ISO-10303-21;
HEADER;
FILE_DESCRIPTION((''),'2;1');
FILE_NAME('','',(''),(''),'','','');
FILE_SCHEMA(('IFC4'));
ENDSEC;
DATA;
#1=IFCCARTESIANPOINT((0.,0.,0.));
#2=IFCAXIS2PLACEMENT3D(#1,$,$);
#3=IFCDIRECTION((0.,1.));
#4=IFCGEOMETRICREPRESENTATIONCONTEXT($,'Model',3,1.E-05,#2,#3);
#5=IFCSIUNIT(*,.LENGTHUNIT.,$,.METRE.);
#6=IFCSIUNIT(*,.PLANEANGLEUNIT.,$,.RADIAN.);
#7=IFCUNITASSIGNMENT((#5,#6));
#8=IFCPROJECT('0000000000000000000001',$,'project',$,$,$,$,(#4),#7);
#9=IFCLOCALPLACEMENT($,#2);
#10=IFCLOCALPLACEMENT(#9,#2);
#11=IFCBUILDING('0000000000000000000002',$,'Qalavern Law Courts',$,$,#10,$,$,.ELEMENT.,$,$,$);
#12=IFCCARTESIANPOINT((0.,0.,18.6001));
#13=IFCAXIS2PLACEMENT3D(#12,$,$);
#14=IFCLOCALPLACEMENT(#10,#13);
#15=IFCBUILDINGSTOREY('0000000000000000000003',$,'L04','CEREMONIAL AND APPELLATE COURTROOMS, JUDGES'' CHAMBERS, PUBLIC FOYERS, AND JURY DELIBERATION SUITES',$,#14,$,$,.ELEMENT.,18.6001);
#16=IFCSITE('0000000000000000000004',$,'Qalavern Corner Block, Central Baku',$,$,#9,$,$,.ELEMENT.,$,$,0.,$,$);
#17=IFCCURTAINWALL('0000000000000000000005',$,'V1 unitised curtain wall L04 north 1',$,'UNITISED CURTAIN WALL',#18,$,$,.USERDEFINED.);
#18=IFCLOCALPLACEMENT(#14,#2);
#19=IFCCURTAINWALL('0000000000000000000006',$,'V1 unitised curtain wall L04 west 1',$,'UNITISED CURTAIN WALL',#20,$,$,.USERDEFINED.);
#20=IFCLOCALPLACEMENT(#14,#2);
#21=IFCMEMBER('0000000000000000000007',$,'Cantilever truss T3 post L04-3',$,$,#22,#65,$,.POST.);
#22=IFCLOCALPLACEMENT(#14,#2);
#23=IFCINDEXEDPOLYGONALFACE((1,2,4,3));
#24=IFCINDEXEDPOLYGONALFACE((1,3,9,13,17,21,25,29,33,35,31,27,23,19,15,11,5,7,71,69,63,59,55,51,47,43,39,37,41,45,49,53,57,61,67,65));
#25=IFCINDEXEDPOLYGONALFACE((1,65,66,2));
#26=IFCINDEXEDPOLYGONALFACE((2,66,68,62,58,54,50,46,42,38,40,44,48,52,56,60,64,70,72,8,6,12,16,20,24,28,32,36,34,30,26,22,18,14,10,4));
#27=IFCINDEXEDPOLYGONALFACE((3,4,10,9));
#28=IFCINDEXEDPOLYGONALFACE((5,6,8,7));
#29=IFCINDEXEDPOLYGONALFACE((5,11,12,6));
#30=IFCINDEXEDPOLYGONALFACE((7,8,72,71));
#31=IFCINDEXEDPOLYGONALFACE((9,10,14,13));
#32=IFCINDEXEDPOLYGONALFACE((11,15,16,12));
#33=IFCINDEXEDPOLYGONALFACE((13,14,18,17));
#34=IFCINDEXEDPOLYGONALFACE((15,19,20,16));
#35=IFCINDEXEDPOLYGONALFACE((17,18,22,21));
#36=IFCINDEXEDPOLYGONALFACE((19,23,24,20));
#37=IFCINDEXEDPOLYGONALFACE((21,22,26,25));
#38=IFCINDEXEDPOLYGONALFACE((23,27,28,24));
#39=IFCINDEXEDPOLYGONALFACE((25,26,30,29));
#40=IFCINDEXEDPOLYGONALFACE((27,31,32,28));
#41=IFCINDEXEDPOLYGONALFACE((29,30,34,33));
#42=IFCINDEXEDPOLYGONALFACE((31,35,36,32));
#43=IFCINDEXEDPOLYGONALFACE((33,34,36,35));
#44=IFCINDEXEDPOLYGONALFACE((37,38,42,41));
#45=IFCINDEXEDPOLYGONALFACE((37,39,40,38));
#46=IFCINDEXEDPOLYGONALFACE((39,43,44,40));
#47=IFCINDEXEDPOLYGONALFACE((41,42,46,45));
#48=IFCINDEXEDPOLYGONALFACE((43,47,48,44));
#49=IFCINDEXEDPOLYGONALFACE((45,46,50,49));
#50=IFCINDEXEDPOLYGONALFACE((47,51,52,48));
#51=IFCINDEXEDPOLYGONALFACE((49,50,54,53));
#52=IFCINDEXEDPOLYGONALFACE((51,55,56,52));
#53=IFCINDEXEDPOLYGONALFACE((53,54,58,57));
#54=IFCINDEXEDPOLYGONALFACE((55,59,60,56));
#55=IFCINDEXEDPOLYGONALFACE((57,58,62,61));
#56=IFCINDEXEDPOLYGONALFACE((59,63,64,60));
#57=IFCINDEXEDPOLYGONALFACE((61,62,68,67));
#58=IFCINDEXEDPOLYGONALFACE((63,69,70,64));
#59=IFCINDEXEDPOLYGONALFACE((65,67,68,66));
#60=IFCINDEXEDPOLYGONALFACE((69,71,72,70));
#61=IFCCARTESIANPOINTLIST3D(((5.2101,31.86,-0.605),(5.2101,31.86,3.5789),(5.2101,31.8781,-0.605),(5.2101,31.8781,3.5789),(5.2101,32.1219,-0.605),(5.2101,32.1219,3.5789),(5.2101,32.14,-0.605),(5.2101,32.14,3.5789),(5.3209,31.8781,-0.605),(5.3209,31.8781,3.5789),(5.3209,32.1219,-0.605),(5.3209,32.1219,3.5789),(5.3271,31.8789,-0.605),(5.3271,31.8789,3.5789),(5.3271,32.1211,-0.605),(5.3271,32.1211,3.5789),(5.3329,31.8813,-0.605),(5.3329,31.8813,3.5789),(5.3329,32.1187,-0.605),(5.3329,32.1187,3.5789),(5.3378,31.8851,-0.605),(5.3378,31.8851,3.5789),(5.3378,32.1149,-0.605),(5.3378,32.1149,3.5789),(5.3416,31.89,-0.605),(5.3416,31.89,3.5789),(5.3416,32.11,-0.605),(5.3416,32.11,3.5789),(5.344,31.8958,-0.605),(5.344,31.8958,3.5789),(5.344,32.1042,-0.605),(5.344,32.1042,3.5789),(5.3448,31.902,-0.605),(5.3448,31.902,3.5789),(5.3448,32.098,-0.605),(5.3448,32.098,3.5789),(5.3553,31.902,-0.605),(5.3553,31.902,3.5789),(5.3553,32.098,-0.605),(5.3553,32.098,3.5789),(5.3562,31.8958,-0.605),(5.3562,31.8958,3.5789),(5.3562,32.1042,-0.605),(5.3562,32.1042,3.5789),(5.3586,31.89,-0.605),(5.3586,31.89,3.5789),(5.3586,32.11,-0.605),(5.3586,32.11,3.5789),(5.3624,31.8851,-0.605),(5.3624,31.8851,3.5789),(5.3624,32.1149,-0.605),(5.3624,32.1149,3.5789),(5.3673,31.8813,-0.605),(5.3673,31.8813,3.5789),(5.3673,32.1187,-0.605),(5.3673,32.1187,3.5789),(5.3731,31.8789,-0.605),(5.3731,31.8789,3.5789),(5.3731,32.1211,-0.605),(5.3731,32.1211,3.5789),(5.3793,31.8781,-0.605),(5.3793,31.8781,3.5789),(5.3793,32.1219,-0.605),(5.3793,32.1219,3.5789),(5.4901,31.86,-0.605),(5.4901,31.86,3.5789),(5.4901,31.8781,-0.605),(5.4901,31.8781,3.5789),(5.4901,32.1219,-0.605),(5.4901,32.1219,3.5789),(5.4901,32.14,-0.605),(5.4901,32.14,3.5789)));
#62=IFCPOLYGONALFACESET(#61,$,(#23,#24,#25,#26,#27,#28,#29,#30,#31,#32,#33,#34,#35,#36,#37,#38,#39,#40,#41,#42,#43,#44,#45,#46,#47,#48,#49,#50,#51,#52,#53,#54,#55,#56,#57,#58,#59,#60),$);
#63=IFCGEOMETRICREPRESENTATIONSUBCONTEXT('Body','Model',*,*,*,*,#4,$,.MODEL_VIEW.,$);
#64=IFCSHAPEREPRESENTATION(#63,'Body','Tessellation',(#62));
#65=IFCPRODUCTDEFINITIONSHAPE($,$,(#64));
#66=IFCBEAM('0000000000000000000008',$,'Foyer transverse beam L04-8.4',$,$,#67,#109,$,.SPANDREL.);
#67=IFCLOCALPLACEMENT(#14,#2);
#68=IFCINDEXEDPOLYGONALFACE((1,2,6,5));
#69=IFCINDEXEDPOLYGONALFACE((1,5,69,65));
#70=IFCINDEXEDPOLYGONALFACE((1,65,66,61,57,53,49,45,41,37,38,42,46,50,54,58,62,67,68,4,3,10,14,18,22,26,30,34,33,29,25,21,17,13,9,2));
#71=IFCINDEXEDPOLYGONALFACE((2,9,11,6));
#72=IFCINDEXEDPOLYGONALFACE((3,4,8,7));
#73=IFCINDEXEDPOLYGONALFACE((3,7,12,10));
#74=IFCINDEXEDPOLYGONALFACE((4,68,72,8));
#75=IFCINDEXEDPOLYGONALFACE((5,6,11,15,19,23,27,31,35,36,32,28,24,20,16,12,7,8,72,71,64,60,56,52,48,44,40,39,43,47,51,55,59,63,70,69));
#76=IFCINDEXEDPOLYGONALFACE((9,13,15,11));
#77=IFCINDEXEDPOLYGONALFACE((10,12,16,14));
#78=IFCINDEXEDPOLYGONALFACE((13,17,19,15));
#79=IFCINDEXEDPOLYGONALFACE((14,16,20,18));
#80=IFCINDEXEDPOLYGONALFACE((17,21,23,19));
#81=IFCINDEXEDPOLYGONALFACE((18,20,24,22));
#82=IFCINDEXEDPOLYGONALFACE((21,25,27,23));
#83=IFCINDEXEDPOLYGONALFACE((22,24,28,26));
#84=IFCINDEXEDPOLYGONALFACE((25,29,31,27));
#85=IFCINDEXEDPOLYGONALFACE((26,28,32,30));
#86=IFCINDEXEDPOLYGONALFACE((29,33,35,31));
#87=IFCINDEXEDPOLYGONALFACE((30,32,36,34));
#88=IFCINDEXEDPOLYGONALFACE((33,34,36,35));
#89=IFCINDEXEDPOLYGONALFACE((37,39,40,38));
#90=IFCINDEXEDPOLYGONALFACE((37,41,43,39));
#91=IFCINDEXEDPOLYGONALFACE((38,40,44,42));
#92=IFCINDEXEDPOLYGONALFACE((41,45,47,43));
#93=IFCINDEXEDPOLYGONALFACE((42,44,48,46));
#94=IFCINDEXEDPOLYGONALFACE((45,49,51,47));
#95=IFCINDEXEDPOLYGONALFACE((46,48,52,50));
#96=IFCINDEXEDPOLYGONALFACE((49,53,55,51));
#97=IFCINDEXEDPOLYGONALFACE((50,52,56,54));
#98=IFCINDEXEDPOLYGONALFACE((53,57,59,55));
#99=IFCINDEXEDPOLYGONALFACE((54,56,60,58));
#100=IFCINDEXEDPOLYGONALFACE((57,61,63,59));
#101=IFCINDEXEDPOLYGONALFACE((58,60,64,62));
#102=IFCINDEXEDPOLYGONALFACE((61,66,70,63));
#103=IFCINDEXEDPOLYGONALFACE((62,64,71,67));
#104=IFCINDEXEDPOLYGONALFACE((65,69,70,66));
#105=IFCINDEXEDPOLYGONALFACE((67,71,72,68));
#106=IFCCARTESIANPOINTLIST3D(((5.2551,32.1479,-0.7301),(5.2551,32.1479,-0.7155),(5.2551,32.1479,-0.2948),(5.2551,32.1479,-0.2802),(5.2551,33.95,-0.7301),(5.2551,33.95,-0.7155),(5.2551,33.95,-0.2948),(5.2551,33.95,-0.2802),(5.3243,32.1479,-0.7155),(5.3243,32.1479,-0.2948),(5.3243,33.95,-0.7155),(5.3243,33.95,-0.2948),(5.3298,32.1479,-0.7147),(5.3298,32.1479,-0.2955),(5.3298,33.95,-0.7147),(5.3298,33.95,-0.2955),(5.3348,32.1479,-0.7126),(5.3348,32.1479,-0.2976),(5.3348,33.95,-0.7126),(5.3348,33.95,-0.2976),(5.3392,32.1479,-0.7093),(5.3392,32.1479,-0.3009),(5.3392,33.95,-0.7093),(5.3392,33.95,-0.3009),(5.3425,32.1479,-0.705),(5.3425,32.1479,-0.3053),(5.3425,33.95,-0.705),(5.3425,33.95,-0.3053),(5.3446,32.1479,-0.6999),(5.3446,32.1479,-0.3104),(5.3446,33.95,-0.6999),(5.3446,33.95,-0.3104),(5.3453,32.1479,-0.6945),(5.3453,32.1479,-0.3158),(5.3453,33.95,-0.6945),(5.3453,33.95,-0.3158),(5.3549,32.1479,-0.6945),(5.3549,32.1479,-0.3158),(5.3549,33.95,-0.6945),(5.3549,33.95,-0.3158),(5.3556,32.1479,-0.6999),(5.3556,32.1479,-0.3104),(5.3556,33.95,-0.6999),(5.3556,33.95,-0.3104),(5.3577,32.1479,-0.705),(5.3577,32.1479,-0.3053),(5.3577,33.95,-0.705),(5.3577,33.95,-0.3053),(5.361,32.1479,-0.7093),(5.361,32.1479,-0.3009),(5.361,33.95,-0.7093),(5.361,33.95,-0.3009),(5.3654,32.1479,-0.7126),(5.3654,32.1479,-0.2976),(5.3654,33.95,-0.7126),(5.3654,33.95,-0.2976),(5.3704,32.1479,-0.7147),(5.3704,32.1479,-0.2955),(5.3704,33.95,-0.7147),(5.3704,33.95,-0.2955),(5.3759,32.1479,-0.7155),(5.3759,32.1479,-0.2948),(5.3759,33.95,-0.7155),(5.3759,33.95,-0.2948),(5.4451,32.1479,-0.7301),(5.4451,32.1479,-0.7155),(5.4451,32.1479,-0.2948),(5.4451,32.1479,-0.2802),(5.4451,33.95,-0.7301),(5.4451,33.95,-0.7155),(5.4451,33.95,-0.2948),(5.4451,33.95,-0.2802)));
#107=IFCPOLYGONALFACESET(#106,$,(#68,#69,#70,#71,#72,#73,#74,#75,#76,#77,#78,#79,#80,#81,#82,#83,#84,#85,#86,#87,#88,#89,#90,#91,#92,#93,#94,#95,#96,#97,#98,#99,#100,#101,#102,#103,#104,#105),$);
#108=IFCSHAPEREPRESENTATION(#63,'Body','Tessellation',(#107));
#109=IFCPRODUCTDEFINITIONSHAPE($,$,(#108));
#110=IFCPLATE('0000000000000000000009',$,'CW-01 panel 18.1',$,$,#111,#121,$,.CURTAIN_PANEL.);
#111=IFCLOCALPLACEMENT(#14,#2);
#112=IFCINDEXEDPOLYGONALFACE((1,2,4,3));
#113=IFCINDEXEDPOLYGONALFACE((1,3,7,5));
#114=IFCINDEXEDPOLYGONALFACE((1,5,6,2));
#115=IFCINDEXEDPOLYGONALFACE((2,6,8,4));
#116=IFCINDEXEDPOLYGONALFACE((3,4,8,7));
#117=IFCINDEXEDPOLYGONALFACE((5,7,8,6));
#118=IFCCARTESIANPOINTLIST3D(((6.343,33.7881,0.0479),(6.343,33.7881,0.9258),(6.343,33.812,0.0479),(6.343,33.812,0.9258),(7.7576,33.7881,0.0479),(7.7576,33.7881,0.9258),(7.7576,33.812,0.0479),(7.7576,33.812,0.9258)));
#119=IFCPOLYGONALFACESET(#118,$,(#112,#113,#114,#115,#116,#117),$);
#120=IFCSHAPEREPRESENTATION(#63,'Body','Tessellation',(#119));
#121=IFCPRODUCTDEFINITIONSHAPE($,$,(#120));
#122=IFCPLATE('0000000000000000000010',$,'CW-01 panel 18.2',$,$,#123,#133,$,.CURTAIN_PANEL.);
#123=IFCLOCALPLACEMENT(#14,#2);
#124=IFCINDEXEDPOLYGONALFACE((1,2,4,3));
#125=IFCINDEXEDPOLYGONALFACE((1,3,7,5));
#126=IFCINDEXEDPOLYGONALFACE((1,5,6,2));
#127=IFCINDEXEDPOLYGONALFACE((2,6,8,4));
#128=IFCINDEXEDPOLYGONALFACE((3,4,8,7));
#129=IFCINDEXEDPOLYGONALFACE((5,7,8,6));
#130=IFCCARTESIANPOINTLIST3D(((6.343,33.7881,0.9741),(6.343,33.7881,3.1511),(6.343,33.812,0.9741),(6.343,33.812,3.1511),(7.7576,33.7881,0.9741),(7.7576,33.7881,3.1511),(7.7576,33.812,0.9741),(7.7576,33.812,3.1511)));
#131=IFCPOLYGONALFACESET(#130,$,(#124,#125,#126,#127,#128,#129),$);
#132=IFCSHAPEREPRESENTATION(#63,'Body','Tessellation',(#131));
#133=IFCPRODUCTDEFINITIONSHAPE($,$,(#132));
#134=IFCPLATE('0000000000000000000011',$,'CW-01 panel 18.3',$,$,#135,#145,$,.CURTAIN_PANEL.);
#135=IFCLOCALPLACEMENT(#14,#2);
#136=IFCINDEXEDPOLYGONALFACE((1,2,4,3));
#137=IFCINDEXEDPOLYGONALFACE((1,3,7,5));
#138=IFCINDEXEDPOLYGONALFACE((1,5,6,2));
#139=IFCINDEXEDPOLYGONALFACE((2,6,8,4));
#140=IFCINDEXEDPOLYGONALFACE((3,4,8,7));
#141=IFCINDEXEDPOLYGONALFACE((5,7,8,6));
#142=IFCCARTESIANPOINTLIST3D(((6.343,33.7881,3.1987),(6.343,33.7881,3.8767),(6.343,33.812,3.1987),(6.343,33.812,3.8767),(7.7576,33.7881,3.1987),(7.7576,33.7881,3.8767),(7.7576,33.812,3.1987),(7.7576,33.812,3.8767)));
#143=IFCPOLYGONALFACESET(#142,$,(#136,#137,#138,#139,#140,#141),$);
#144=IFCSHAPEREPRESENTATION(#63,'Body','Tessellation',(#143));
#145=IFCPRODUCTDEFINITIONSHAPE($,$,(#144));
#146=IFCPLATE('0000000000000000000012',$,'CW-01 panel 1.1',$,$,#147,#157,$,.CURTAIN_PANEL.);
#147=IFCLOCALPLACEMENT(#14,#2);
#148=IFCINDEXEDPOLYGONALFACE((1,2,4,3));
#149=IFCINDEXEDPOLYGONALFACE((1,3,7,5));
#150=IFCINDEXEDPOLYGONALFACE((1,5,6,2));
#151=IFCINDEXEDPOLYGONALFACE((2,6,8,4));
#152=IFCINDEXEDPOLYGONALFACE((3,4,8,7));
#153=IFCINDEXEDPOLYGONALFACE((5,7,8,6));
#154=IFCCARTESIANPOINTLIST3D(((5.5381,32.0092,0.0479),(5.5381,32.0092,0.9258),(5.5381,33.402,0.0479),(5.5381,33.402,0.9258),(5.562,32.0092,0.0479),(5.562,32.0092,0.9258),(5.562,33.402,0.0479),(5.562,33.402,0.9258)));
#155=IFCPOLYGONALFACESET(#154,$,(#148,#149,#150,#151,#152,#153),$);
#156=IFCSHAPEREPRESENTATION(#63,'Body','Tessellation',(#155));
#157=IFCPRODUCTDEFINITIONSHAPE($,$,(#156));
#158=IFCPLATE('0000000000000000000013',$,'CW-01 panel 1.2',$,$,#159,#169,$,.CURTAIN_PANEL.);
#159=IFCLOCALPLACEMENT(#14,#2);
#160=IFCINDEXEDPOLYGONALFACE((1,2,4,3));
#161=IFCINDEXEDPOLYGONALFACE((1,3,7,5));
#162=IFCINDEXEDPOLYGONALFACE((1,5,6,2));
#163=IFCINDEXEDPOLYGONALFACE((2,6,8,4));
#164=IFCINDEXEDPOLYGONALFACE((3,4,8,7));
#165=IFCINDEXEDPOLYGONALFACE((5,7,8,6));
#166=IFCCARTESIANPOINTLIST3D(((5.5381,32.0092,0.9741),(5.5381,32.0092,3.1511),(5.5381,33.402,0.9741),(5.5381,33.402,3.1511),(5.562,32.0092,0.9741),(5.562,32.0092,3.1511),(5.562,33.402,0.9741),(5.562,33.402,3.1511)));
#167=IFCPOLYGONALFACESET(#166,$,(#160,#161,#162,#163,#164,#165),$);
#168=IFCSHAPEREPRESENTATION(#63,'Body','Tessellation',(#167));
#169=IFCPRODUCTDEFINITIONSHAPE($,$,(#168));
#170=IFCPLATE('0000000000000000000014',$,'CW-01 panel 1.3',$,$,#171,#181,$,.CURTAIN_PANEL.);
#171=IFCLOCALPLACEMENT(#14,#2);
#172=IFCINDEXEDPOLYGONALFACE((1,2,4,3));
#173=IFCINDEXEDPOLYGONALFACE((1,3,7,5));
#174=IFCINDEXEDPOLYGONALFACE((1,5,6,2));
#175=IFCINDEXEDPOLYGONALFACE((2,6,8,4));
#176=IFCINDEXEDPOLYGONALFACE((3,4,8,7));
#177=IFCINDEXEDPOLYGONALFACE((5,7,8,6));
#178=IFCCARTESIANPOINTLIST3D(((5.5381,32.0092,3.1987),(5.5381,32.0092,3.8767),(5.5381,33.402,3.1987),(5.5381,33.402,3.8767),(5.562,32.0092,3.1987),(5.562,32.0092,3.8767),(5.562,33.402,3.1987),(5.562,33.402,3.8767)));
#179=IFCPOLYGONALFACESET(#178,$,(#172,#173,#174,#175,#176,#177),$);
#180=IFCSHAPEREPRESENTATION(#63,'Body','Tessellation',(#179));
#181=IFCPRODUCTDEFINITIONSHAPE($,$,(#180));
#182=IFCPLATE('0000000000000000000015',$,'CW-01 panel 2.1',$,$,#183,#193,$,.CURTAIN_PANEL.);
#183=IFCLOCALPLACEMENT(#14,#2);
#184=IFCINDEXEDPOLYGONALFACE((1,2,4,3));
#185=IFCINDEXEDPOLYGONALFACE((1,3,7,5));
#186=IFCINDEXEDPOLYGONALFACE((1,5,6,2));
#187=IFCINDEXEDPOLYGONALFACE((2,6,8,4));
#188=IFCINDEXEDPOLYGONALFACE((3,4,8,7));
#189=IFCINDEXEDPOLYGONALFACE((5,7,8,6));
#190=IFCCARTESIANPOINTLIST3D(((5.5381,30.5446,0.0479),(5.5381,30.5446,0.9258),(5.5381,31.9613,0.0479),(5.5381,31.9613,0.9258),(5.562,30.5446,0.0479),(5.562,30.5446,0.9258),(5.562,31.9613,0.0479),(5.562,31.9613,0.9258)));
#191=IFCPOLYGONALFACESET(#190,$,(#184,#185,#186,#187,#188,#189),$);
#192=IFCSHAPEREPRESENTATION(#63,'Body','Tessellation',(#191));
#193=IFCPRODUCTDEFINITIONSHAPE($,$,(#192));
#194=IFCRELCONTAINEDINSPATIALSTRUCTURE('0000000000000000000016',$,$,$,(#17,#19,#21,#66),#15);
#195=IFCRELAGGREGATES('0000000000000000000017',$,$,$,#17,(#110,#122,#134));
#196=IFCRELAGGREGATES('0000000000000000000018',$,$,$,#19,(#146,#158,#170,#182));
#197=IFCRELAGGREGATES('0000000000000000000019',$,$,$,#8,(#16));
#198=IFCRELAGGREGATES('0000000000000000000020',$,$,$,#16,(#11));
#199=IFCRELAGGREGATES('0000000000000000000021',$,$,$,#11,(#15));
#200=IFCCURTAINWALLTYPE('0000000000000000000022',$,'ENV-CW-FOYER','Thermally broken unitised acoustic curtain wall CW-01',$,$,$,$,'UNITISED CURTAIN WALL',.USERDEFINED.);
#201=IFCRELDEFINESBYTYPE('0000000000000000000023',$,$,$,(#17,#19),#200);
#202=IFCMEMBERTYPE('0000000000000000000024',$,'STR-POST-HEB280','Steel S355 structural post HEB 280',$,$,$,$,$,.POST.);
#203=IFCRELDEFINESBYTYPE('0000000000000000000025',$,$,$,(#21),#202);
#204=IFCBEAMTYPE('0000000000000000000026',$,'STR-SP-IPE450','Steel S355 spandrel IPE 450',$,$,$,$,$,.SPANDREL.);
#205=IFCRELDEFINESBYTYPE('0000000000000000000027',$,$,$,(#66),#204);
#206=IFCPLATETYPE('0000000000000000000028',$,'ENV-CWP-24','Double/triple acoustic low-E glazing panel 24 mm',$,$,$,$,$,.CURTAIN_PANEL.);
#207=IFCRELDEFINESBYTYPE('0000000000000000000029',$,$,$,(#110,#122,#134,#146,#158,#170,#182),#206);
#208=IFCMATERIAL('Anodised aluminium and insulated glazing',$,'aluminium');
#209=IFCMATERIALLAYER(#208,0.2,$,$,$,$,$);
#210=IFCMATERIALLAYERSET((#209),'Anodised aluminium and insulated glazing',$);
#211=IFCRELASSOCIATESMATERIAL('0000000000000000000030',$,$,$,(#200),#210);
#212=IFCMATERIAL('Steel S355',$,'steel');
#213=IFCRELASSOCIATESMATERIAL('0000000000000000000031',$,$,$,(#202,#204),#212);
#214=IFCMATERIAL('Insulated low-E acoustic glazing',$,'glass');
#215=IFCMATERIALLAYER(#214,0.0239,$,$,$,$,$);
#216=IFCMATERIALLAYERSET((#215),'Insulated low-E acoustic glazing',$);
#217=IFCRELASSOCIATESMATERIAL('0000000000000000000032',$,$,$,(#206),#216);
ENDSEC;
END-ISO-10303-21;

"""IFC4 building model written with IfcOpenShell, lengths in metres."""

from ifc_helpers import new_model, si_unit, direction, frame, origin, origin_2d, place, context, subcontext, project, spatial, rectangle, i_section, extrude, material, layer, layer_set, material_profile, profile_set, type_object, element, aggregate, save


model = new_model("IFC4")

# Units and contexts
model_context = context("Model", 3, precision=1e-05, world=origin(), true_north=direction((0.0, 1.0)))
body_context = subcontext(model_context, "Body", "Model", "MODEL_VIEW")
ifc_project = project(units=[si_unit("LENGTHUNIT", "METRE"), si_unit("PLANEANGLEUNIT", "RADIAN")], contexts=[model_context])

# Site, building, storey
site_placement = place(None, origin())
site = spatial("IfcSite", under=ifc_project, at=site_placement, Name="Qalavern Corner Block, Central Baku", CompositionType="ELEMENT", RefElevation=0.0)
building_placement = place(site_placement, origin())
building = spatial("IfcBuilding", under=site, at=building_placement, Name="Qalavern Law Courts", CompositionType="ELEMENT")
storey_placement = place(building_placement, frame((0.0, 0.0, 18.6001)))
storey = spatial("IfcBuildingStorey", under=building, at=storey_placement, Name="L04", Description="CEREMONIAL AND APPELLATE COURTROOMS, JUDGES' CHAMBERS, PUBLIC FOYERS, AND JURY DELIBERATION SUITES", CompositionType="ELEMENT", Elevation=18.6001)

# Curtain wall
ifc_material_1 = material(Name="Anodised aluminium and insulated glazing", Category="aluminium")
ifc_layer_1 = layer(ifc_material_1, 0.2)
ifc_layer_set_1 = layer_set([ifc_layer_1], Name="Anodised aluminium and insulated glazing")
curtain_wall_type = type_object("IfcCurtainWallType", Name="ENV-CW-FOYER", Description="Thermally broken unitised acoustic curtain wall CW-01", ElementType="UNITISED CURTAIN WALL", PredefinedType="USERDEFINED", material=ifc_layer_set_1)
curtain_wall_1_placement = place(storey_placement, origin())
curtain_wall_1 = element("IfcCurtainWall", 1, at=curtain_wall_1_placement, inside=storey, type_object=curtain_wall_type, Name="V1 unitised curtain wall L04 north 1", ObjectType="UNITISED CURTAIN WALL", PredefinedType="USERDEFINED")

# Curtain wall
curtain_wall_2_placement = place(storey_placement, origin())
curtain_wall_2 = element("IfcCurtainWall", 2, at=curtain_wall_2_placement, inside=storey, type_object=curtain_wall_type, Name="V1 unitised curtain wall L04 west 1", ObjectType="UNITISED CURTAIN WALL", PredefinedType="USERDEFINED")

# Shared definitions
ifc_material_2 = material(Name="Steel S355", Category="steel")

# Member
ifc_material_profile_1 = material_profile(ifc_material_2, i_section(OverallWidth=0.28, OverallDepth=0.28, WebThickness=0.0105, FlangeThickness=0.0181, FilletRadius=0.0239, at=origin_2d()), Name="HEB 280")
ifc_profile_set_1 = profile_set([ifc_material_profile_1], Name="Steel S355")
member_type_1 = type_object("IfcMemberType", Name="STR-POST-HEB280", Description="Steel S355 structural post HEB 280", PredefinedType="POST", material=ifc_profile_set_1)
for number, where, z_axis, x_axis, name in (
    (3, (5.3501, 32.0, -0.605), (0.0, 0.0, 1.0), (1.0, 0.0, 0.0), "Cantilever truss T3 post L04-3"),
):
    element("IfcMember", number, at=place(storey_placement, frame(where, z_axis=z_axis, x_axis=x_axis)), inside=storey, type_object=member_type_1, Name=name, PredefinedType="POST", context=body_context, shape_type="SweptSolid", body=[
        extrude(i_section(OverallWidth=0.28, OverallDepth=0.28, WebThickness=0.0105, FlangeThickness=0.0181, FilletRadius=0.0239, at=origin_2d()), origin(), (0.0, 0.0, 1.0), 4.1838),
    ])

# Beam
ifc_material_profile_2 = material_profile(ifc_material_2, i_section(OverallWidth=0.1899, OverallDepth=0.45, WebThickness=0.0095, FlangeThickness=0.0146, FilletRadius=0.021, at=origin_2d()), Name="IPE 450")
ifc_profile_set_2 = profile_set([ifc_material_profile_2], Name="Steel S355")
beam_type_1 = type_object("IfcBeamType", Name="STR-SP-IPE450", Description="Steel S355 spandrel IPE 450", PredefinedType="SPANDREL", material=ifc_profile_set_2)
beam_1_placement = place(storey_placement, frame((5.3501, 32.1479, -0.5051), z_axis=(0.0, 1.0, 0.0), x_axis=(-1.0, 0.0, 0.0)))
element("IfcBeam", 4, at=beam_1_placement, inside=storey, type_object=beam_type_1, Name="Foyer transverse beam L04-8.4", PredefinedType="SPANDREL", context=body_context, shape_type="SweptSolid", body=[
    extrude(i_section(OverallWidth=0.1899, OverallDepth=0.45, WebThickness=0.0095, FlangeThickness=0.0146, FilletRadius=0.021, at=origin_2d()), origin(), (0.0, 0.0, 1.0), 1.802),
])

# Plates
ifc_material_3 = material(Name="Insulated low-E acoustic glazing", Category="glass")
ifc_layer_2 = layer(ifc_material_3, 0.0239)
ifc_layer_set_2 = layer_set([ifc_layer_2], Name="Insulated low-E acoustic glazing")
plate_type_1 = type_object("IfcPlateType", Name="ENV-CWP-24", Description="Double/triple acoustic low-E glazing panel 24 mm", PredefinedType="CURTAIN_PANEL", material=ifc_layer_set_2)
plate_1_placement = place(storey_placement, frame((7.0503, 33.8, 0.0479), z_axis=(0.0, 0.0, 1.0), x_axis=(-1.0, 0.0, 0.0)))
plate_1 = element("IfcPlate", 5, at=plate_1_placement, type_object=plate_type_1, Name="CW-01 panel 18.1", PredefinedType="CURTAIN_PANEL", context=body_context, shape_type="SweptSolid", body=[
    extrude(rectangle(XDim=1.4146, YDim=0.0239, at=origin_2d()), origin(), (0.0, 0.0, 1.0), 0.8779),
])
plate_2_placement = place(storey_placement, frame((7.0503, 33.8, 0.9741), z_axis=(0.0, 0.0, 1.0), x_axis=(-1.0, 0.0, 0.0)))
plate_2 = element("IfcPlate", 6, at=plate_2_placement, type_object=plate_type_1, Name="CW-01 panel 18.2", PredefinedType="CURTAIN_PANEL", context=body_context, shape_type="SweptSolid", body=[
    extrude(rectangle(XDim=1.4146, YDim=0.0239, at=origin_2d()), origin(), (0.0, 0.0, 1.0), 2.177),
])
plate_3_placement = place(storey_placement, frame((7.0503, 33.8, 3.1987), z_axis=(0.0, 0.0, 1.0), x_axis=(-1.0, 0.0, 0.0)))
plate_3 = element("IfcPlate", 7, at=plate_3_placement, type_object=plate_type_1, Name="CW-01 panel 18.3", PredefinedType="CURTAIN_PANEL", context=body_context, shape_type="SweptSolid", body=[
    extrude(rectangle(XDim=1.4146, YDim=0.0239, at=origin_2d()), origin(), (0.0, 0.0, 1.0), 0.678),
])
aggregate(curtain_wall_1, [plate_1, plate_2, plate_3])
plate_4_placement = place(storey_placement, frame((5.55, 32.7056, 0.0479), z_axis=(0.0, 0.0, 1.0), x_axis=(0.0, -1.0, 0.0)))
plate_4 = element("IfcPlate", 8, at=plate_4_placement, type_object=plate_type_1, Name="CW-01 panel 1.1", PredefinedType="CURTAIN_PANEL", context=body_context, shape_type="SweptSolid", body=[
    extrude(rectangle(XDim=1.3928, YDim=0.0239, at=origin_2d()), origin(), (0.0, 0.0, 1.0), 0.8779),
])
plate_5_placement = place(storey_placement, frame((5.55, 32.7056, 0.9741), z_axis=(0.0, 0.0, 1.0), x_axis=(0.0, -1.0, 0.0)))
plate_5 = element("IfcPlate", 9, at=plate_5_placement, type_object=plate_type_1, Name="CW-01 panel 1.2", PredefinedType="CURTAIN_PANEL", context=body_context, shape_type="SweptSolid", body=[
    extrude(rectangle(XDim=1.3928, YDim=0.0239, at=origin_2d()), origin(), (0.0, 0.0, 1.0), 2.177),
])
plate_6_placement = place(storey_placement, frame((5.55, 32.7056, 3.1987), z_axis=(0.0, 0.0, 1.0), x_axis=(0.0, -1.0, 0.0)))
plate_6 = element("IfcPlate", 10, at=plate_6_placement, type_object=plate_type_1, Name="CW-01 panel 1.3", PredefinedType="CURTAIN_PANEL", context=body_context, shape_type="SweptSolid", body=[
    extrude(rectangle(XDim=1.3928, YDim=0.0239, at=origin_2d()), origin(), (0.0, 0.0, 1.0), 0.678),
])
plate_7_placement = place(storey_placement, frame((5.55, 31.2529, 0.0479), z_axis=(0.0, 0.0, 1.0), x_axis=(0.0, -1.0, 0.0)))
plate_7 = element("IfcPlate", 11, at=plate_7_placement, type_object=plate_type_1, Name="CW-01 panel 2.1", PredefinedType="CURTAIN_PANEL", context=body_context, shape_type="SweptSolid", body=[
    extrude(rectangle(XDim=1.4167, YDim=0.0239, at=origin_2d()), origin(), (0.0, 0.0, 1.0), 0.8779),
])
aggregate(curtain_wall_2, [plate_4, plate_5, plate_6, plate_7])

save(model, "model.ifc")
